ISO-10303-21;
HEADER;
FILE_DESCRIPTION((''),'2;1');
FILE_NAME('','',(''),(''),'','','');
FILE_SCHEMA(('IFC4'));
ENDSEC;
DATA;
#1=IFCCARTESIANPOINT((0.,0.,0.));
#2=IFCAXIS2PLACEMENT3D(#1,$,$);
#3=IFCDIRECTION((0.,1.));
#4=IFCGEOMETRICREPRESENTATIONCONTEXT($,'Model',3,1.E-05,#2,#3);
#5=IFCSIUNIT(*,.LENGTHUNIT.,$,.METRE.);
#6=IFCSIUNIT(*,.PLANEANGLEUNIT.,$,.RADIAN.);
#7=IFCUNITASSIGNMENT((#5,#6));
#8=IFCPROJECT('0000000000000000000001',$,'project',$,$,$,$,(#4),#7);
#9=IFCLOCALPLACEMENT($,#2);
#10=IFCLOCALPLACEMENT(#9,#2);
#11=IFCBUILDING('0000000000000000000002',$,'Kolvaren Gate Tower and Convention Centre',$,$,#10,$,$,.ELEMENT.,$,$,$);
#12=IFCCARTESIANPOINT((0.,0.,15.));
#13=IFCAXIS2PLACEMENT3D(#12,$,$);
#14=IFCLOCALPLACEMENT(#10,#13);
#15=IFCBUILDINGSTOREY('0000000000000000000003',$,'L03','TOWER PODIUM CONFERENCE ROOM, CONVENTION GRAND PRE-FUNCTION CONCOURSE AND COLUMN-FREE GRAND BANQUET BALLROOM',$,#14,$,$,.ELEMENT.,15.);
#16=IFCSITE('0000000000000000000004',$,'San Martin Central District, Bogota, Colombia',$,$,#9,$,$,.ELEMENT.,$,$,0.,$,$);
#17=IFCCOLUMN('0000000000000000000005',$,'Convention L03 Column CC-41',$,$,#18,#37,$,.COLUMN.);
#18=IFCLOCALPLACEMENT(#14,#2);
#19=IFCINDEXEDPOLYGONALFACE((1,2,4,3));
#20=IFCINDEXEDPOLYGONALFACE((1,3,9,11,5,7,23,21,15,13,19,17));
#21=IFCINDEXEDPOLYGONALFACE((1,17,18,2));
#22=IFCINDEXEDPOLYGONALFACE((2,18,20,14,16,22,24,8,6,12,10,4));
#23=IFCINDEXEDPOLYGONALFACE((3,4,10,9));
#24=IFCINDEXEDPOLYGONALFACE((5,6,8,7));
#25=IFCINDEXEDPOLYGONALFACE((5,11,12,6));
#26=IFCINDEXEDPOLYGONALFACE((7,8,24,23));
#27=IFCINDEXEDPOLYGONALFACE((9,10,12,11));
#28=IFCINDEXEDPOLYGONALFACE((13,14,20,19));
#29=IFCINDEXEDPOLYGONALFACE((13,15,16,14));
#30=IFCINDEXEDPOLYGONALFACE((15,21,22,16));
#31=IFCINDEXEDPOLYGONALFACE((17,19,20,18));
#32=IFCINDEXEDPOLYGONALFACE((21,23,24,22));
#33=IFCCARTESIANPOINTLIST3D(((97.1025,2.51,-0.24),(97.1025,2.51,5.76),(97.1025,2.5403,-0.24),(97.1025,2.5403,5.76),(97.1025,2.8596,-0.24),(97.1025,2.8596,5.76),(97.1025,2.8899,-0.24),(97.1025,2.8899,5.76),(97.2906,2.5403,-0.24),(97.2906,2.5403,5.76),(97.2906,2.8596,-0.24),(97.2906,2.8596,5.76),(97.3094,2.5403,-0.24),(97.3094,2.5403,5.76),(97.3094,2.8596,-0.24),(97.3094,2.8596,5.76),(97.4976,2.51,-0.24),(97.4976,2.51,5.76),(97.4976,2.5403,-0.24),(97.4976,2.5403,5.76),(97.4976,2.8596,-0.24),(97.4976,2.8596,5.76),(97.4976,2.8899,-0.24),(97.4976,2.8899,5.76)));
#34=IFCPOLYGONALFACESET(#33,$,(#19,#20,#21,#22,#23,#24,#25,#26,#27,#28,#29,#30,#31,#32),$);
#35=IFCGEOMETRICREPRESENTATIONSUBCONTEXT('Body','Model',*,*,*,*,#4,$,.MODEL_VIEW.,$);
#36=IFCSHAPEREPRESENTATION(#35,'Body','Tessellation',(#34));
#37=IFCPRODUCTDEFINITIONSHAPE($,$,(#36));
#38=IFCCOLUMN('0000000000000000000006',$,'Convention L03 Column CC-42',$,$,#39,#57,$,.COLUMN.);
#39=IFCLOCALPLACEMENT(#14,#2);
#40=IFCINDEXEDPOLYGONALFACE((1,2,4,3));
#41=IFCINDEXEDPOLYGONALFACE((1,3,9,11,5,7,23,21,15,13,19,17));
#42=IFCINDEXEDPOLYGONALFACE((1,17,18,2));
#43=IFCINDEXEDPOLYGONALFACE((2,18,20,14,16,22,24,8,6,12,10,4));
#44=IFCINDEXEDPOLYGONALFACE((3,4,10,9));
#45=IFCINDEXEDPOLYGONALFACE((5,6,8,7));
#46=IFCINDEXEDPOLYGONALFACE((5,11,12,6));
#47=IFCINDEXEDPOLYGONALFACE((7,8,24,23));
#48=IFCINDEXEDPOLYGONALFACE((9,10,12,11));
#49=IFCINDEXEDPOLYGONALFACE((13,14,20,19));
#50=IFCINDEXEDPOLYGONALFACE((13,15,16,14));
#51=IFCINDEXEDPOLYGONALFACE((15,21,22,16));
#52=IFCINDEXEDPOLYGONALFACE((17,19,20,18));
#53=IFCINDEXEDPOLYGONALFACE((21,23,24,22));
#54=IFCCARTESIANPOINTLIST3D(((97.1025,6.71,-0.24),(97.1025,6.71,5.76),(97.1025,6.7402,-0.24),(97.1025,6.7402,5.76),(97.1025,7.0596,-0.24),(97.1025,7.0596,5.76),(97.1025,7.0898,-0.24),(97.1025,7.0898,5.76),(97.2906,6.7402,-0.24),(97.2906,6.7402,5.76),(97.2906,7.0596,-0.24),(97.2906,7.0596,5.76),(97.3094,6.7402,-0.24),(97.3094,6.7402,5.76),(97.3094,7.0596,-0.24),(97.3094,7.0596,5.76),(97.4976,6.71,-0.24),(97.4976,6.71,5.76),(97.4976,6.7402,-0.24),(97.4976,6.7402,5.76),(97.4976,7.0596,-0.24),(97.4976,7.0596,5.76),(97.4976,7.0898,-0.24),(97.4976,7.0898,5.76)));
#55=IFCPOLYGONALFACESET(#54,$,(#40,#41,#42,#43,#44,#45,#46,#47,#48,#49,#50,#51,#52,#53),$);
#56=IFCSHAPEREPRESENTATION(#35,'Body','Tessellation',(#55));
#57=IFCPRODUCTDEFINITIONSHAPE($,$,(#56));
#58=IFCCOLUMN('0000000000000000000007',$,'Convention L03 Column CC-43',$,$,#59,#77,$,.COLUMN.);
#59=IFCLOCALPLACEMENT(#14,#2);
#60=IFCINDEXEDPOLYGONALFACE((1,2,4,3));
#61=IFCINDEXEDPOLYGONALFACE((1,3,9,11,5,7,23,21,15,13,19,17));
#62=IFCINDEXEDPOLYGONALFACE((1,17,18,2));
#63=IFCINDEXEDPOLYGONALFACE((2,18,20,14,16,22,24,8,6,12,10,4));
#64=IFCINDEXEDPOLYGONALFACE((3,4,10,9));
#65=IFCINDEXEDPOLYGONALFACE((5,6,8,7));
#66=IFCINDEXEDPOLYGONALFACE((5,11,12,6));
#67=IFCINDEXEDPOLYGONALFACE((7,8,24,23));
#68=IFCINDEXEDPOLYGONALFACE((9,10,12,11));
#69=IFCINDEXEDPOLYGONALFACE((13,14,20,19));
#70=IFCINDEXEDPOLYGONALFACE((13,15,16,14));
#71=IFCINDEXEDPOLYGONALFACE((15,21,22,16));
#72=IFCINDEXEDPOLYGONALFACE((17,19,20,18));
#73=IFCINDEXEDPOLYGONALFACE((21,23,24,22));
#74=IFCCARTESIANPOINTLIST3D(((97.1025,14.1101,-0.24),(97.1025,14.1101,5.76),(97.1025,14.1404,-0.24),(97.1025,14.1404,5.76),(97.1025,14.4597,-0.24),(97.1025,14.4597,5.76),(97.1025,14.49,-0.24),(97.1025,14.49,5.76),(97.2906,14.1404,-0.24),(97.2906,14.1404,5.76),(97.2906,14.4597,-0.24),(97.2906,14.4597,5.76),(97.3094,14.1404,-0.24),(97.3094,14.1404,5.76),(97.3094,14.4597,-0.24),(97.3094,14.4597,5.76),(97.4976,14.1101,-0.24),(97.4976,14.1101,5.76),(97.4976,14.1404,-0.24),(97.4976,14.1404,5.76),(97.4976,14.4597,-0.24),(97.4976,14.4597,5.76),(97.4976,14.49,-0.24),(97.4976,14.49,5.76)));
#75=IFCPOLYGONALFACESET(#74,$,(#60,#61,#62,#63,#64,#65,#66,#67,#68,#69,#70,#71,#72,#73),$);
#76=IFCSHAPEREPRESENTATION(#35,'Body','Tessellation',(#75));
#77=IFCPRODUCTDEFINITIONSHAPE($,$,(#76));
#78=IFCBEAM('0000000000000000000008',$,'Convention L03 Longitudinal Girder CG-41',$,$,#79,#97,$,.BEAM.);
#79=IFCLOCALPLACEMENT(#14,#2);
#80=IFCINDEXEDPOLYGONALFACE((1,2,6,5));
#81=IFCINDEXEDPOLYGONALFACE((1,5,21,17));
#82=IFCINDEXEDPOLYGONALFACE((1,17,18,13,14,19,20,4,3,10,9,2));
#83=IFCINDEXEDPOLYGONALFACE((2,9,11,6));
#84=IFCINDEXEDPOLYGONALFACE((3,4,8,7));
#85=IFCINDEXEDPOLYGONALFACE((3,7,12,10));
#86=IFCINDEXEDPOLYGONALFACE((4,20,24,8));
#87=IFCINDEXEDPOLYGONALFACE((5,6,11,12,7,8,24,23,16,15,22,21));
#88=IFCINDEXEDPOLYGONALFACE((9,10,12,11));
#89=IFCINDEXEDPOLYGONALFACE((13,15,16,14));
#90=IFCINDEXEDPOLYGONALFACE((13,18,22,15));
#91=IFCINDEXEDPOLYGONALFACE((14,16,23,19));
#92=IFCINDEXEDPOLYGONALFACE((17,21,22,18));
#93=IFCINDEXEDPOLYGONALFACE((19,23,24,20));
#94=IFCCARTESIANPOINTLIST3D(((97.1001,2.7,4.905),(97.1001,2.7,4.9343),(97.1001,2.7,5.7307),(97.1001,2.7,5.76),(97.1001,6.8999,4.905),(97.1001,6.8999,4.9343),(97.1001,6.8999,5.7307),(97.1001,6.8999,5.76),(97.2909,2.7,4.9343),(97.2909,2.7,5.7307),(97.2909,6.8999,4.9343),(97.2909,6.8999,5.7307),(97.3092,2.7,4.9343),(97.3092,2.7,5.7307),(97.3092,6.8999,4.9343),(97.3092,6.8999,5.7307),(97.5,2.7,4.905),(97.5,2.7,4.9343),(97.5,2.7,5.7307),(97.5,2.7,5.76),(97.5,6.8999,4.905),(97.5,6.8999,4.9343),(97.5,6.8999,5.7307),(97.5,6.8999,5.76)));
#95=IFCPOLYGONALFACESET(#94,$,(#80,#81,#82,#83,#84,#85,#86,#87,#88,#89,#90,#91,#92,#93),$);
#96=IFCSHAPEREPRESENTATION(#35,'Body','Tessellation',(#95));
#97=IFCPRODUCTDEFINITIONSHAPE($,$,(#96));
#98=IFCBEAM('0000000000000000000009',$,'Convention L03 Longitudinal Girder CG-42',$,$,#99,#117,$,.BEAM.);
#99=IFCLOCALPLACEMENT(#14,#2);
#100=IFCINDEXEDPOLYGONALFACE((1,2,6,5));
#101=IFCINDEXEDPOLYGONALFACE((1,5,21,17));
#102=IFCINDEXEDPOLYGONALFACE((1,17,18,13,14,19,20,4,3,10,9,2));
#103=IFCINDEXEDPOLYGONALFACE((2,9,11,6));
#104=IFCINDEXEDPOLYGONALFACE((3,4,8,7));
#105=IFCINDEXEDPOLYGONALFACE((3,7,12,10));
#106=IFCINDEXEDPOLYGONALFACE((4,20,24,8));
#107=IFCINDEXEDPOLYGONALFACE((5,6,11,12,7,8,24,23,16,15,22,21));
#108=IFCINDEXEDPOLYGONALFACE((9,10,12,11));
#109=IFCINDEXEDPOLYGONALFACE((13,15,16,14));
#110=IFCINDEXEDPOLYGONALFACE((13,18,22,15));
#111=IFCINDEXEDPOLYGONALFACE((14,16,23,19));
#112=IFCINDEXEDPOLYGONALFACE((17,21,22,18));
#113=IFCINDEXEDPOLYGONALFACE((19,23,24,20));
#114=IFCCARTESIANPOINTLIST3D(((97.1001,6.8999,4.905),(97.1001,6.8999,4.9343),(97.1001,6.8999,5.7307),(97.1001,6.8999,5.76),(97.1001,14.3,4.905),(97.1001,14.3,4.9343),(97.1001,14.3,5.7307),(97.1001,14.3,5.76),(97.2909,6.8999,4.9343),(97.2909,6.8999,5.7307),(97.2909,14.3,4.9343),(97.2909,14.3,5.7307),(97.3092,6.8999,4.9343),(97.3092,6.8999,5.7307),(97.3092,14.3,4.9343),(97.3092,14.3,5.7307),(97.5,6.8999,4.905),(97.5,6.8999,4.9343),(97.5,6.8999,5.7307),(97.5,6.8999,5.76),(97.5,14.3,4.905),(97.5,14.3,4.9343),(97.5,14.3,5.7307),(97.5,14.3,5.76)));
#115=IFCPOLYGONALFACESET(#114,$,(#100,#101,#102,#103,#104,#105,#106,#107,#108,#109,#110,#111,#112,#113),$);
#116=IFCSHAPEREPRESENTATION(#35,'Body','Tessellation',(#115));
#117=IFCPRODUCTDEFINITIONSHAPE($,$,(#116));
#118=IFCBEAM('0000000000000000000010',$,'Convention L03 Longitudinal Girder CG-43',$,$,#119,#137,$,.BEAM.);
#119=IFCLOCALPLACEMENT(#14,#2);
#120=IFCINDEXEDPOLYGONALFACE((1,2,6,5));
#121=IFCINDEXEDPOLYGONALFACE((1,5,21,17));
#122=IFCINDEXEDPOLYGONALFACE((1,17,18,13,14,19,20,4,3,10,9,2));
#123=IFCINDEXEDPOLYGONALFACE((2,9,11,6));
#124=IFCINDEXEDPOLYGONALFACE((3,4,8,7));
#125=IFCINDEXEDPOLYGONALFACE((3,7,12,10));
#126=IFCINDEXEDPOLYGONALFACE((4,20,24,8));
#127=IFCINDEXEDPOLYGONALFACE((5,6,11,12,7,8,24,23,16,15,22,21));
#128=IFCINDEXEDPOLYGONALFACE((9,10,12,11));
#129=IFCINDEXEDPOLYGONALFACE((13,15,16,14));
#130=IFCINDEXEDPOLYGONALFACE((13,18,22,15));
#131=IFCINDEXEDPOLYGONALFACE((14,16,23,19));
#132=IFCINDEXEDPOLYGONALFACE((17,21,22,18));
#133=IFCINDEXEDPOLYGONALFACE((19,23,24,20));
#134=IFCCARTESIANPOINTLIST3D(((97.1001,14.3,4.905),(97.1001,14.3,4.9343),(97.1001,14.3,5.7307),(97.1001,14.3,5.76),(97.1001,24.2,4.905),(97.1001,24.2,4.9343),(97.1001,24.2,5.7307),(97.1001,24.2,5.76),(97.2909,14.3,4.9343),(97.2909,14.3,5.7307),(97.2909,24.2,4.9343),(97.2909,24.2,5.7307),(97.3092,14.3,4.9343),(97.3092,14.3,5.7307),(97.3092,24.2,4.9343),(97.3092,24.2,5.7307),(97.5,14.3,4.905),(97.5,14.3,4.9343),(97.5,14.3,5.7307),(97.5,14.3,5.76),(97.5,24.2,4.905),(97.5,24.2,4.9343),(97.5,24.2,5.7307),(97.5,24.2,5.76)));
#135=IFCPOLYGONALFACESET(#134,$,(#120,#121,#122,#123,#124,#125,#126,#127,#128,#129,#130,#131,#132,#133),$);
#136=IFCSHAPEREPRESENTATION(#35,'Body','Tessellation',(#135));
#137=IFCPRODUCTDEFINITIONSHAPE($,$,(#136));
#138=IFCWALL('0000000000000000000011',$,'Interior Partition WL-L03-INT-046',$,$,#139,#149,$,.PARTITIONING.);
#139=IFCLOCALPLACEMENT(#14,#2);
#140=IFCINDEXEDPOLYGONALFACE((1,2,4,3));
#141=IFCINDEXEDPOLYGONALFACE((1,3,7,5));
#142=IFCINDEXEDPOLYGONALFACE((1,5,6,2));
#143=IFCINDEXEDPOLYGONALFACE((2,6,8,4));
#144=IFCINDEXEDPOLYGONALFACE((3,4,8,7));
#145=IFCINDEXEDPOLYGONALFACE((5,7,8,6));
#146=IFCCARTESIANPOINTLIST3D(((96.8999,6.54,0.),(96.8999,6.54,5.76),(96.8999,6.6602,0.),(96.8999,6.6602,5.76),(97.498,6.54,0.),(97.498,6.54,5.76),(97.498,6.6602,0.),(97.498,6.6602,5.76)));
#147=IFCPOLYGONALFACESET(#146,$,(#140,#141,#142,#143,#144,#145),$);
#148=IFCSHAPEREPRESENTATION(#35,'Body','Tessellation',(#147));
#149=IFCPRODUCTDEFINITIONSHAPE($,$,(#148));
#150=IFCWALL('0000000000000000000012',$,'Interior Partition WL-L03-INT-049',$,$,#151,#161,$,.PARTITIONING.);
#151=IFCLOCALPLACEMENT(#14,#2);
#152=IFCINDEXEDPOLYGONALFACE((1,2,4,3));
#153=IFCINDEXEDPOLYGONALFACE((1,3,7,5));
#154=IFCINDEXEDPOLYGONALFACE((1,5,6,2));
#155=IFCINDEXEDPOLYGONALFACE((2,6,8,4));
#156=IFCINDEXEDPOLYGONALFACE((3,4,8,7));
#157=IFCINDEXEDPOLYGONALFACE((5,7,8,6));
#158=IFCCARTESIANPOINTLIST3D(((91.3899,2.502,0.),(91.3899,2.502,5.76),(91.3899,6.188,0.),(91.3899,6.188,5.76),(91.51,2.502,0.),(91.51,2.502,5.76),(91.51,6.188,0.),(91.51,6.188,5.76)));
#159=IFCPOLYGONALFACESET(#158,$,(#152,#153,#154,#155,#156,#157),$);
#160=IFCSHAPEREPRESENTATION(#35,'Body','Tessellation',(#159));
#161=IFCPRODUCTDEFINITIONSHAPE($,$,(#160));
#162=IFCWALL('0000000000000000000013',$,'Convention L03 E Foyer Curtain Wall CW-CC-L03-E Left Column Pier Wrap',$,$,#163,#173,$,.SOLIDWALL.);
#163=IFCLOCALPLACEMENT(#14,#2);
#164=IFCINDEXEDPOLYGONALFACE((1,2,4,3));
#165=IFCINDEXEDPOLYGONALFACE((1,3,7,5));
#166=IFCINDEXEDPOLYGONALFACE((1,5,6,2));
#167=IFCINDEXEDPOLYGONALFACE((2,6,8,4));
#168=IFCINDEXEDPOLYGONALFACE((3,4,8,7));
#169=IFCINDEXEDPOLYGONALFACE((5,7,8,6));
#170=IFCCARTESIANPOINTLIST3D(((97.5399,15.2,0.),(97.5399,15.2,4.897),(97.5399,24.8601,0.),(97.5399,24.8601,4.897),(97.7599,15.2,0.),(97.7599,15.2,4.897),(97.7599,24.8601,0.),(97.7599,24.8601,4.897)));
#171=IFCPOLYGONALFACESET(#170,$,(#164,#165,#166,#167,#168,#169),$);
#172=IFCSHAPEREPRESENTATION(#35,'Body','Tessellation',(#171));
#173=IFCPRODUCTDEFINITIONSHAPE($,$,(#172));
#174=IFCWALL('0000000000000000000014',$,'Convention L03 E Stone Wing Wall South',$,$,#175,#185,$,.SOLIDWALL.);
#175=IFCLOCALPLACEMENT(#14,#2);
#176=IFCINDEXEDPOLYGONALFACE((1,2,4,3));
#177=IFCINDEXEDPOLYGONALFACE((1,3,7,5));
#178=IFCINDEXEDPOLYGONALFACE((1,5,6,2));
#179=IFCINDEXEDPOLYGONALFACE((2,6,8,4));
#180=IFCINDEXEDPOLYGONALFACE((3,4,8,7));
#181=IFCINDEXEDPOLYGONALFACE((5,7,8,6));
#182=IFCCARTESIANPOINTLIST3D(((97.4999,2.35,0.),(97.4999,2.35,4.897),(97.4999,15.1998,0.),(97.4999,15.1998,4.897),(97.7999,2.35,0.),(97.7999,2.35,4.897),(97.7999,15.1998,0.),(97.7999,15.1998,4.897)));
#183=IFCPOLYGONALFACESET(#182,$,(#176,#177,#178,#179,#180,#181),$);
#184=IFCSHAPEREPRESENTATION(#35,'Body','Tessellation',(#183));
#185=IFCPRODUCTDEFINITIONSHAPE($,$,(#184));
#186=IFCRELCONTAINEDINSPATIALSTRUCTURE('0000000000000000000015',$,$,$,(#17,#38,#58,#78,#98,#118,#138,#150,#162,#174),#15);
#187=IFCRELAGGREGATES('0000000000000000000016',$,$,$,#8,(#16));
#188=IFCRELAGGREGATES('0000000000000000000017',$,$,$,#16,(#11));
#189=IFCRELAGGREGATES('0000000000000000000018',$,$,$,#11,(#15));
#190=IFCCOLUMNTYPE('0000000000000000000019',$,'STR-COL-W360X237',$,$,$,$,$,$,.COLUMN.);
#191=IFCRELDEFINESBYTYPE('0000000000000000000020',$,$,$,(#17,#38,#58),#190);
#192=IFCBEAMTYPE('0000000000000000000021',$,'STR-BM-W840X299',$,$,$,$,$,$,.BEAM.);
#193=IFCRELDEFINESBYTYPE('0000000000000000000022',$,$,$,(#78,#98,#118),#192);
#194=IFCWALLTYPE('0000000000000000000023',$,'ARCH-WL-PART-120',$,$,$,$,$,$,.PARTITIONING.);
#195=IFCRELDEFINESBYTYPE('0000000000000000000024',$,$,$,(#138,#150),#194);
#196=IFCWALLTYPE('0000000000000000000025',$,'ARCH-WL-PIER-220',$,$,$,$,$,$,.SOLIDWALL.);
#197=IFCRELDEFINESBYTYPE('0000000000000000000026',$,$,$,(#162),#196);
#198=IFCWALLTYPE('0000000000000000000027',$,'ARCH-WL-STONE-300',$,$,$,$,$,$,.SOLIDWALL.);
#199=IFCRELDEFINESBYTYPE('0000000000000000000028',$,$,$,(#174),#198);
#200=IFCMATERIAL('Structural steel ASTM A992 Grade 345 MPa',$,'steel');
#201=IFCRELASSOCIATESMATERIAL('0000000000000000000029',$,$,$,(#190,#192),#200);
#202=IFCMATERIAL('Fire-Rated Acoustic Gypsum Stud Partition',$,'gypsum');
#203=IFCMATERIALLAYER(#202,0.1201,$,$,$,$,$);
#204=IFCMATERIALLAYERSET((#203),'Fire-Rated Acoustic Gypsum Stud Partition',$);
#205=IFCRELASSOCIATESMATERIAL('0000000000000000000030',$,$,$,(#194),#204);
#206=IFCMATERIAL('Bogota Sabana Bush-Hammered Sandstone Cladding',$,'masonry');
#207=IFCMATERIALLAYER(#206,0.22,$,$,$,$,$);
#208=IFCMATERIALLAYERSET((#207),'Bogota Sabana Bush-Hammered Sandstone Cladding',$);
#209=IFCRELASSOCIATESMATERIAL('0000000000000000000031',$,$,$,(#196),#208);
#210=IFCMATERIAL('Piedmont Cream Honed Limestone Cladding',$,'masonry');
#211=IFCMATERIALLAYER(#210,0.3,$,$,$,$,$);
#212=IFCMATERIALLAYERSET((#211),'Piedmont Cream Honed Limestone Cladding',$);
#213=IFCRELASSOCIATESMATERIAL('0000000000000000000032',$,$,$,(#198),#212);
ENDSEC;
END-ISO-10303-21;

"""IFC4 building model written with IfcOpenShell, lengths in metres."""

from ifc_helpers import new_model, si_unit, direction, frame, frame_2d, origin, origin_2d, place, context, subcontext, project, spatial, rectangle, i_section, extrude, material, layer, layer_set, material_profile, profile_set, type_object, element, save


model = new_model("IFC4")

# Units and contexts
model_context = context("Model", 3, precision=1e-05, world=origin(), true_north=direction((0.0, 1.0)))
body_context = subcontext(model_context, "Body", "Model", "MODEL_VIEW")
ifc_project = project(units=[si_unit("LENGTHUNIT", "METRE"), si_unit("PLANEANGLEUNIT", "RADIAN")], contexts=[model_context])

# Site, building, storey
site_placement = place(None, origin())
site = spatial("IfcSite", under=ifc_project, at=site_placement, Name="San Martin Central District, Bogota, Colombia", CompositionType="ELEMENT", RefElevation=0.0)
building_placement = place(site_placement, origin())
building = spatial("IfcBuilding", under=site, at=building_placement, Name="Kolvaren Gate Tower and Convention Centre", CompositionType="ELEMENT")
storey_placement = place(building_placement, frame((0.0, 0.0, 15.0)))
storey = spatial("IfcBuildingStorey", under=building, at=storey_placement, Name="L03", Description="TOWER PODIUM CONFERENCE ROOM, CONVENTION GRAND PRE-FUNCTION CONCOURSE AND COLUMN-FREE GRAND BANQUET BALLROOM", CompositionType="ELEMENT", Elevation=15.0)

# Columns
ifc_material_1 = material(Name="Structural steel ASTM A992 Grade 345 MPa", Category="steel")
ifc_material_profile_1 = material_profile(ifc_material_1, i_section(OverallWidth=0.395, OverallDepth=0.3799, WebThickness=0.0188, FlangeThickness=0.0303, at=origin_2d()), Name="W360X237")
ifc_profile_set_1 = profile_set([ifc_material_profile_1], Name="Structural steel ASTM A992 Grade 345 MPa")
column_type = type_object("IfcColumnType", Name="STR-COL-W360X237", PredefinedType="COLUMN", material=ifc_profile_set_1)
for number, where, z_axis, x_axis, name in (
    (1, (97.3, 2.7, -0.24), (0.0, 0.0, 1.0), (1.0, 0.0, 0.0), "Convention L03 Column CC-41"),
    (2, (97.3, 6.8999, -0.24), (0.0, 0.0, 1.0), (1.0, 0.0, 0.0), "Convention L03 Column CC-42"),
    (3, (97.3, 14.3, -0.24), (0.0, 0.0, 1.0), (1.0, 0.0, 0.0), "Convention L03 Column CC-43"),
):
    element("IfcColumn", number, at=place(storey_placement, frame(where, z_axis=z_axis, x_axis=x_axis)), inside=storey, type_object=column_type, Name=name, PredefinedType="COLUMN", context=body_context, shape_type="SweptSolid", body=[
        extrude(i_section(OverallWidth=0.395, OverallDepth=0.3799, WebThickness=0.0188, FlangeThickness=0.0303, at=origin_2d()), origin(), (0.0, 0.0, 1.0), 6.0),
    ])

# Beams
ifc_material_profile_2 = material_profile(ifc_material_1, i_section(OverallWidth=0.3999, OverallDepth=0.855, WebThickness=0.0183, FlangeThickness=0.0293, at=origin_2d()), Name="W840X299")
ifc_profile_set_2 = profile_set([ifc_material_profile_2], Name="Structural steel ASTM A992 Grade 345 MPa")
beam_type = type_object("IfcBeamType", Name="STR-BM-W840X299", PredefinedType="BEAM", material=ifc_profile_set_2)
beam_1_placement = place(storey_placement, frame((97.3, 2.7, 5.3325), z_axis=(0.0, 1.0, 0.0), x_axis=(-1.0, 0.0, 0.0)))
element("IfcBeam", 4, at=beam_1_placement, inside=storey, type_object=beam_type, Name="Convention L03 Longitudinal Girder CG-41", PredefinedType="BEAM", context=body_context, shape_type="SweptSolid", body=[
    extrude(i_section(OverallWidth=0.3999, OverallDepth=0.855, WebThickness=0.0183, FlangeThickness=0.0293, at=origin_2d()), origin(), (0.0, 0.0, 1.0), 4.2),
])
beam_2_placement = place(storey_placement, frame((97.3, 6.8999, 5.3325), z_axis=(0.0, 1.0, 0.0), x_axis=(-1.0, 0.0, 0.0)))
element("IfcBeam", 5, at=beam_2_placement, inside=storey, type_object=beam_type, Name="Convention L03 Longitudinal Girder CG-42", PredefinedType="BEAM", context=body_context, shape_type="SweptSolid", body=[
    extrude(i_section(OverallWidth=0.3999, OverallDepth=0.855, WebThickness=0.0183, FlangeThickness=0.0293, at=origin_2d()), origin(), (0.0, 0.0, 1.0), 7.4001),
])
beam_3_placement = place(storey_placement, frame((97.3, 14.3, 5.3325), z_axis=(0.0, 1.0, 0.0), x_axis=(-1.0, 0.0, 0.0)))
element("IfcBeam", 6, at=beam_3_placement, inside=storey, type_object=beam_type, Name="Convention L03 Longitudinal Girder CG-43", PredefinedType="BEAM", context=body_context, shape_type="SweptSolid", body=[
    extrude(i_section(OverallWidth=0.3999, OverallDepth=0.855, WebThickness=0.0183, FlangeThickness=0.0293, at=origin_2d()), origin(), (0.0, 0.0, 1.0), 9.8999),
])

# Walls
ifc_material_2 = material(Name="Fire-Rated Acoustic Gypsum Stud Partition", Category="gypsum")
ifc_layer_1 = layer(ifc_material_2, 0.1201)
ifc_layer_set_1 = layer_set([ifc_layer_1], Name="Fire-Rated Acoustic Gypsum Stud Partition")
wall_type_1 = type_object("IfcWallType", Name="ARCH-WL-PART-120", PredefinedType="PARTITIONING", material=ifc_layer_set_1)
wall_1_placement = place(storey_placement, frame((96.8999, 6.6001, 0.0), z_axis=(0.0, 0.0, 1.0), x_axis=(1.0, 0.0, 0.0)))
element("IfcWall", 7, at=wall_1_placement, inside=storey, type_object=wall_type_1, Name="Interior Partition WL-L03-INT-046", PredefinedType="PARTITIONING", context=body_context, shape_type="SweptSolid", body=[
    extrude(rectangle(XDim=0.5981, YDim=0.1201, at=frame_2d((0.2991, 0.0))), origin(), (0.0, 0.0, 1.0), 5.76),
])
wall_2_placement = place(storey_placement, frame((91.45, 2.502, 0.0), z_axis=(0.0, 0.0, 1.0), x_axis=(0.0, 1.0, 0.0)))
element("IfcWall", 8, at=wall_2_placement, inside=storey, type_object=wall_type_1, Name="Interior Partition WL-L03-INT-049", PredefinedType="PARTITIONING", context=body_context, shape_type="SweptSolid", body=[
    extrude(rectangle(XDim=3.686, YDim=0.1201, at=frame_2d((1.843, 0.0))), origin(), (0.0, 0.0, 1.0), 5.76),
])
ifc_material_3 = material(Name="Bogota Sabana Bush-Hammered Sandstone Cladding", Category="masonry")
ifc_layer_2 = layer(ifc_material_3, 0.22)
ifc_layer_set_2 = layer_set([ifc_layer_2], Name="Bogota Sabana Bush-Hammered Sandstone Cladding")
wall_type_2 = type_object("IfcWallType", Name="ARCH-WL-PIER-220", PredefinedType="SOLIDWALL", material=ifc_layer_set_2)
wall_3_placement = place(storey_placement, frame((97.6499, 15.2, 0.0), z_axis=(0.0, 0.0, 1.0), x_axis=(0.0, 1.0, 0.0)))
element("IfcWall", 9, at=wall_3_placement, inside=storey, type_object=wall_type_2, Name="Convention L03 E Foyer Curtain Wall CW-CC-L03-E Left Column Pier Wrap", PredefinedType="SOLIDWALL", context=body_context, shape_type="SweptSolid", body=[
    extrude(rectangle(XDim=9.6602, YDim=0.22, at=frame_2d((4.8301, 0.0))), origin(), (0.0, 0.0, 1.0), 4.897),
])
ifc_material_4 = material(Name="Piedmont Cream Honed Limestone Cladding", Category="masonry")
ifc_layer_3 = layer(ifc_material_4, 0.3)
ifc_layer_set_3 = layer_set([ifc_layer_3], Name="Piedmont Cream Honed Limestone Cladding")
wall_type_3 = type_object("IfcWallType", Name="ARCH-WL-STONE-300", PredefinedType="SOLIDWALL", material=ifc_layer_set_3)
wall_4_placement = place(storey_placement, frame((97.6499, 2.3501, 0.0), z_axis=(0.0, 0.0, 1.0), x_axis=(0.0, 1.0, 0.0)))
element("IfcWall", 10, at=wall_4_placement, inside=storey, type_object=wall_type_3, Name="Convention L03 E Stone Wing Wall South", PredefinedType="SOLIDWALL", context=body_context, shape_type="SweptSolid", body=[
    extrude(rectangle(XDim=12.8499, YDim=0.3, at=frame_2d((6.4248, 0.0))), origin(), (0.0, 0.0, 1.0), 4.897),
])

save(model, "model.ifc")
